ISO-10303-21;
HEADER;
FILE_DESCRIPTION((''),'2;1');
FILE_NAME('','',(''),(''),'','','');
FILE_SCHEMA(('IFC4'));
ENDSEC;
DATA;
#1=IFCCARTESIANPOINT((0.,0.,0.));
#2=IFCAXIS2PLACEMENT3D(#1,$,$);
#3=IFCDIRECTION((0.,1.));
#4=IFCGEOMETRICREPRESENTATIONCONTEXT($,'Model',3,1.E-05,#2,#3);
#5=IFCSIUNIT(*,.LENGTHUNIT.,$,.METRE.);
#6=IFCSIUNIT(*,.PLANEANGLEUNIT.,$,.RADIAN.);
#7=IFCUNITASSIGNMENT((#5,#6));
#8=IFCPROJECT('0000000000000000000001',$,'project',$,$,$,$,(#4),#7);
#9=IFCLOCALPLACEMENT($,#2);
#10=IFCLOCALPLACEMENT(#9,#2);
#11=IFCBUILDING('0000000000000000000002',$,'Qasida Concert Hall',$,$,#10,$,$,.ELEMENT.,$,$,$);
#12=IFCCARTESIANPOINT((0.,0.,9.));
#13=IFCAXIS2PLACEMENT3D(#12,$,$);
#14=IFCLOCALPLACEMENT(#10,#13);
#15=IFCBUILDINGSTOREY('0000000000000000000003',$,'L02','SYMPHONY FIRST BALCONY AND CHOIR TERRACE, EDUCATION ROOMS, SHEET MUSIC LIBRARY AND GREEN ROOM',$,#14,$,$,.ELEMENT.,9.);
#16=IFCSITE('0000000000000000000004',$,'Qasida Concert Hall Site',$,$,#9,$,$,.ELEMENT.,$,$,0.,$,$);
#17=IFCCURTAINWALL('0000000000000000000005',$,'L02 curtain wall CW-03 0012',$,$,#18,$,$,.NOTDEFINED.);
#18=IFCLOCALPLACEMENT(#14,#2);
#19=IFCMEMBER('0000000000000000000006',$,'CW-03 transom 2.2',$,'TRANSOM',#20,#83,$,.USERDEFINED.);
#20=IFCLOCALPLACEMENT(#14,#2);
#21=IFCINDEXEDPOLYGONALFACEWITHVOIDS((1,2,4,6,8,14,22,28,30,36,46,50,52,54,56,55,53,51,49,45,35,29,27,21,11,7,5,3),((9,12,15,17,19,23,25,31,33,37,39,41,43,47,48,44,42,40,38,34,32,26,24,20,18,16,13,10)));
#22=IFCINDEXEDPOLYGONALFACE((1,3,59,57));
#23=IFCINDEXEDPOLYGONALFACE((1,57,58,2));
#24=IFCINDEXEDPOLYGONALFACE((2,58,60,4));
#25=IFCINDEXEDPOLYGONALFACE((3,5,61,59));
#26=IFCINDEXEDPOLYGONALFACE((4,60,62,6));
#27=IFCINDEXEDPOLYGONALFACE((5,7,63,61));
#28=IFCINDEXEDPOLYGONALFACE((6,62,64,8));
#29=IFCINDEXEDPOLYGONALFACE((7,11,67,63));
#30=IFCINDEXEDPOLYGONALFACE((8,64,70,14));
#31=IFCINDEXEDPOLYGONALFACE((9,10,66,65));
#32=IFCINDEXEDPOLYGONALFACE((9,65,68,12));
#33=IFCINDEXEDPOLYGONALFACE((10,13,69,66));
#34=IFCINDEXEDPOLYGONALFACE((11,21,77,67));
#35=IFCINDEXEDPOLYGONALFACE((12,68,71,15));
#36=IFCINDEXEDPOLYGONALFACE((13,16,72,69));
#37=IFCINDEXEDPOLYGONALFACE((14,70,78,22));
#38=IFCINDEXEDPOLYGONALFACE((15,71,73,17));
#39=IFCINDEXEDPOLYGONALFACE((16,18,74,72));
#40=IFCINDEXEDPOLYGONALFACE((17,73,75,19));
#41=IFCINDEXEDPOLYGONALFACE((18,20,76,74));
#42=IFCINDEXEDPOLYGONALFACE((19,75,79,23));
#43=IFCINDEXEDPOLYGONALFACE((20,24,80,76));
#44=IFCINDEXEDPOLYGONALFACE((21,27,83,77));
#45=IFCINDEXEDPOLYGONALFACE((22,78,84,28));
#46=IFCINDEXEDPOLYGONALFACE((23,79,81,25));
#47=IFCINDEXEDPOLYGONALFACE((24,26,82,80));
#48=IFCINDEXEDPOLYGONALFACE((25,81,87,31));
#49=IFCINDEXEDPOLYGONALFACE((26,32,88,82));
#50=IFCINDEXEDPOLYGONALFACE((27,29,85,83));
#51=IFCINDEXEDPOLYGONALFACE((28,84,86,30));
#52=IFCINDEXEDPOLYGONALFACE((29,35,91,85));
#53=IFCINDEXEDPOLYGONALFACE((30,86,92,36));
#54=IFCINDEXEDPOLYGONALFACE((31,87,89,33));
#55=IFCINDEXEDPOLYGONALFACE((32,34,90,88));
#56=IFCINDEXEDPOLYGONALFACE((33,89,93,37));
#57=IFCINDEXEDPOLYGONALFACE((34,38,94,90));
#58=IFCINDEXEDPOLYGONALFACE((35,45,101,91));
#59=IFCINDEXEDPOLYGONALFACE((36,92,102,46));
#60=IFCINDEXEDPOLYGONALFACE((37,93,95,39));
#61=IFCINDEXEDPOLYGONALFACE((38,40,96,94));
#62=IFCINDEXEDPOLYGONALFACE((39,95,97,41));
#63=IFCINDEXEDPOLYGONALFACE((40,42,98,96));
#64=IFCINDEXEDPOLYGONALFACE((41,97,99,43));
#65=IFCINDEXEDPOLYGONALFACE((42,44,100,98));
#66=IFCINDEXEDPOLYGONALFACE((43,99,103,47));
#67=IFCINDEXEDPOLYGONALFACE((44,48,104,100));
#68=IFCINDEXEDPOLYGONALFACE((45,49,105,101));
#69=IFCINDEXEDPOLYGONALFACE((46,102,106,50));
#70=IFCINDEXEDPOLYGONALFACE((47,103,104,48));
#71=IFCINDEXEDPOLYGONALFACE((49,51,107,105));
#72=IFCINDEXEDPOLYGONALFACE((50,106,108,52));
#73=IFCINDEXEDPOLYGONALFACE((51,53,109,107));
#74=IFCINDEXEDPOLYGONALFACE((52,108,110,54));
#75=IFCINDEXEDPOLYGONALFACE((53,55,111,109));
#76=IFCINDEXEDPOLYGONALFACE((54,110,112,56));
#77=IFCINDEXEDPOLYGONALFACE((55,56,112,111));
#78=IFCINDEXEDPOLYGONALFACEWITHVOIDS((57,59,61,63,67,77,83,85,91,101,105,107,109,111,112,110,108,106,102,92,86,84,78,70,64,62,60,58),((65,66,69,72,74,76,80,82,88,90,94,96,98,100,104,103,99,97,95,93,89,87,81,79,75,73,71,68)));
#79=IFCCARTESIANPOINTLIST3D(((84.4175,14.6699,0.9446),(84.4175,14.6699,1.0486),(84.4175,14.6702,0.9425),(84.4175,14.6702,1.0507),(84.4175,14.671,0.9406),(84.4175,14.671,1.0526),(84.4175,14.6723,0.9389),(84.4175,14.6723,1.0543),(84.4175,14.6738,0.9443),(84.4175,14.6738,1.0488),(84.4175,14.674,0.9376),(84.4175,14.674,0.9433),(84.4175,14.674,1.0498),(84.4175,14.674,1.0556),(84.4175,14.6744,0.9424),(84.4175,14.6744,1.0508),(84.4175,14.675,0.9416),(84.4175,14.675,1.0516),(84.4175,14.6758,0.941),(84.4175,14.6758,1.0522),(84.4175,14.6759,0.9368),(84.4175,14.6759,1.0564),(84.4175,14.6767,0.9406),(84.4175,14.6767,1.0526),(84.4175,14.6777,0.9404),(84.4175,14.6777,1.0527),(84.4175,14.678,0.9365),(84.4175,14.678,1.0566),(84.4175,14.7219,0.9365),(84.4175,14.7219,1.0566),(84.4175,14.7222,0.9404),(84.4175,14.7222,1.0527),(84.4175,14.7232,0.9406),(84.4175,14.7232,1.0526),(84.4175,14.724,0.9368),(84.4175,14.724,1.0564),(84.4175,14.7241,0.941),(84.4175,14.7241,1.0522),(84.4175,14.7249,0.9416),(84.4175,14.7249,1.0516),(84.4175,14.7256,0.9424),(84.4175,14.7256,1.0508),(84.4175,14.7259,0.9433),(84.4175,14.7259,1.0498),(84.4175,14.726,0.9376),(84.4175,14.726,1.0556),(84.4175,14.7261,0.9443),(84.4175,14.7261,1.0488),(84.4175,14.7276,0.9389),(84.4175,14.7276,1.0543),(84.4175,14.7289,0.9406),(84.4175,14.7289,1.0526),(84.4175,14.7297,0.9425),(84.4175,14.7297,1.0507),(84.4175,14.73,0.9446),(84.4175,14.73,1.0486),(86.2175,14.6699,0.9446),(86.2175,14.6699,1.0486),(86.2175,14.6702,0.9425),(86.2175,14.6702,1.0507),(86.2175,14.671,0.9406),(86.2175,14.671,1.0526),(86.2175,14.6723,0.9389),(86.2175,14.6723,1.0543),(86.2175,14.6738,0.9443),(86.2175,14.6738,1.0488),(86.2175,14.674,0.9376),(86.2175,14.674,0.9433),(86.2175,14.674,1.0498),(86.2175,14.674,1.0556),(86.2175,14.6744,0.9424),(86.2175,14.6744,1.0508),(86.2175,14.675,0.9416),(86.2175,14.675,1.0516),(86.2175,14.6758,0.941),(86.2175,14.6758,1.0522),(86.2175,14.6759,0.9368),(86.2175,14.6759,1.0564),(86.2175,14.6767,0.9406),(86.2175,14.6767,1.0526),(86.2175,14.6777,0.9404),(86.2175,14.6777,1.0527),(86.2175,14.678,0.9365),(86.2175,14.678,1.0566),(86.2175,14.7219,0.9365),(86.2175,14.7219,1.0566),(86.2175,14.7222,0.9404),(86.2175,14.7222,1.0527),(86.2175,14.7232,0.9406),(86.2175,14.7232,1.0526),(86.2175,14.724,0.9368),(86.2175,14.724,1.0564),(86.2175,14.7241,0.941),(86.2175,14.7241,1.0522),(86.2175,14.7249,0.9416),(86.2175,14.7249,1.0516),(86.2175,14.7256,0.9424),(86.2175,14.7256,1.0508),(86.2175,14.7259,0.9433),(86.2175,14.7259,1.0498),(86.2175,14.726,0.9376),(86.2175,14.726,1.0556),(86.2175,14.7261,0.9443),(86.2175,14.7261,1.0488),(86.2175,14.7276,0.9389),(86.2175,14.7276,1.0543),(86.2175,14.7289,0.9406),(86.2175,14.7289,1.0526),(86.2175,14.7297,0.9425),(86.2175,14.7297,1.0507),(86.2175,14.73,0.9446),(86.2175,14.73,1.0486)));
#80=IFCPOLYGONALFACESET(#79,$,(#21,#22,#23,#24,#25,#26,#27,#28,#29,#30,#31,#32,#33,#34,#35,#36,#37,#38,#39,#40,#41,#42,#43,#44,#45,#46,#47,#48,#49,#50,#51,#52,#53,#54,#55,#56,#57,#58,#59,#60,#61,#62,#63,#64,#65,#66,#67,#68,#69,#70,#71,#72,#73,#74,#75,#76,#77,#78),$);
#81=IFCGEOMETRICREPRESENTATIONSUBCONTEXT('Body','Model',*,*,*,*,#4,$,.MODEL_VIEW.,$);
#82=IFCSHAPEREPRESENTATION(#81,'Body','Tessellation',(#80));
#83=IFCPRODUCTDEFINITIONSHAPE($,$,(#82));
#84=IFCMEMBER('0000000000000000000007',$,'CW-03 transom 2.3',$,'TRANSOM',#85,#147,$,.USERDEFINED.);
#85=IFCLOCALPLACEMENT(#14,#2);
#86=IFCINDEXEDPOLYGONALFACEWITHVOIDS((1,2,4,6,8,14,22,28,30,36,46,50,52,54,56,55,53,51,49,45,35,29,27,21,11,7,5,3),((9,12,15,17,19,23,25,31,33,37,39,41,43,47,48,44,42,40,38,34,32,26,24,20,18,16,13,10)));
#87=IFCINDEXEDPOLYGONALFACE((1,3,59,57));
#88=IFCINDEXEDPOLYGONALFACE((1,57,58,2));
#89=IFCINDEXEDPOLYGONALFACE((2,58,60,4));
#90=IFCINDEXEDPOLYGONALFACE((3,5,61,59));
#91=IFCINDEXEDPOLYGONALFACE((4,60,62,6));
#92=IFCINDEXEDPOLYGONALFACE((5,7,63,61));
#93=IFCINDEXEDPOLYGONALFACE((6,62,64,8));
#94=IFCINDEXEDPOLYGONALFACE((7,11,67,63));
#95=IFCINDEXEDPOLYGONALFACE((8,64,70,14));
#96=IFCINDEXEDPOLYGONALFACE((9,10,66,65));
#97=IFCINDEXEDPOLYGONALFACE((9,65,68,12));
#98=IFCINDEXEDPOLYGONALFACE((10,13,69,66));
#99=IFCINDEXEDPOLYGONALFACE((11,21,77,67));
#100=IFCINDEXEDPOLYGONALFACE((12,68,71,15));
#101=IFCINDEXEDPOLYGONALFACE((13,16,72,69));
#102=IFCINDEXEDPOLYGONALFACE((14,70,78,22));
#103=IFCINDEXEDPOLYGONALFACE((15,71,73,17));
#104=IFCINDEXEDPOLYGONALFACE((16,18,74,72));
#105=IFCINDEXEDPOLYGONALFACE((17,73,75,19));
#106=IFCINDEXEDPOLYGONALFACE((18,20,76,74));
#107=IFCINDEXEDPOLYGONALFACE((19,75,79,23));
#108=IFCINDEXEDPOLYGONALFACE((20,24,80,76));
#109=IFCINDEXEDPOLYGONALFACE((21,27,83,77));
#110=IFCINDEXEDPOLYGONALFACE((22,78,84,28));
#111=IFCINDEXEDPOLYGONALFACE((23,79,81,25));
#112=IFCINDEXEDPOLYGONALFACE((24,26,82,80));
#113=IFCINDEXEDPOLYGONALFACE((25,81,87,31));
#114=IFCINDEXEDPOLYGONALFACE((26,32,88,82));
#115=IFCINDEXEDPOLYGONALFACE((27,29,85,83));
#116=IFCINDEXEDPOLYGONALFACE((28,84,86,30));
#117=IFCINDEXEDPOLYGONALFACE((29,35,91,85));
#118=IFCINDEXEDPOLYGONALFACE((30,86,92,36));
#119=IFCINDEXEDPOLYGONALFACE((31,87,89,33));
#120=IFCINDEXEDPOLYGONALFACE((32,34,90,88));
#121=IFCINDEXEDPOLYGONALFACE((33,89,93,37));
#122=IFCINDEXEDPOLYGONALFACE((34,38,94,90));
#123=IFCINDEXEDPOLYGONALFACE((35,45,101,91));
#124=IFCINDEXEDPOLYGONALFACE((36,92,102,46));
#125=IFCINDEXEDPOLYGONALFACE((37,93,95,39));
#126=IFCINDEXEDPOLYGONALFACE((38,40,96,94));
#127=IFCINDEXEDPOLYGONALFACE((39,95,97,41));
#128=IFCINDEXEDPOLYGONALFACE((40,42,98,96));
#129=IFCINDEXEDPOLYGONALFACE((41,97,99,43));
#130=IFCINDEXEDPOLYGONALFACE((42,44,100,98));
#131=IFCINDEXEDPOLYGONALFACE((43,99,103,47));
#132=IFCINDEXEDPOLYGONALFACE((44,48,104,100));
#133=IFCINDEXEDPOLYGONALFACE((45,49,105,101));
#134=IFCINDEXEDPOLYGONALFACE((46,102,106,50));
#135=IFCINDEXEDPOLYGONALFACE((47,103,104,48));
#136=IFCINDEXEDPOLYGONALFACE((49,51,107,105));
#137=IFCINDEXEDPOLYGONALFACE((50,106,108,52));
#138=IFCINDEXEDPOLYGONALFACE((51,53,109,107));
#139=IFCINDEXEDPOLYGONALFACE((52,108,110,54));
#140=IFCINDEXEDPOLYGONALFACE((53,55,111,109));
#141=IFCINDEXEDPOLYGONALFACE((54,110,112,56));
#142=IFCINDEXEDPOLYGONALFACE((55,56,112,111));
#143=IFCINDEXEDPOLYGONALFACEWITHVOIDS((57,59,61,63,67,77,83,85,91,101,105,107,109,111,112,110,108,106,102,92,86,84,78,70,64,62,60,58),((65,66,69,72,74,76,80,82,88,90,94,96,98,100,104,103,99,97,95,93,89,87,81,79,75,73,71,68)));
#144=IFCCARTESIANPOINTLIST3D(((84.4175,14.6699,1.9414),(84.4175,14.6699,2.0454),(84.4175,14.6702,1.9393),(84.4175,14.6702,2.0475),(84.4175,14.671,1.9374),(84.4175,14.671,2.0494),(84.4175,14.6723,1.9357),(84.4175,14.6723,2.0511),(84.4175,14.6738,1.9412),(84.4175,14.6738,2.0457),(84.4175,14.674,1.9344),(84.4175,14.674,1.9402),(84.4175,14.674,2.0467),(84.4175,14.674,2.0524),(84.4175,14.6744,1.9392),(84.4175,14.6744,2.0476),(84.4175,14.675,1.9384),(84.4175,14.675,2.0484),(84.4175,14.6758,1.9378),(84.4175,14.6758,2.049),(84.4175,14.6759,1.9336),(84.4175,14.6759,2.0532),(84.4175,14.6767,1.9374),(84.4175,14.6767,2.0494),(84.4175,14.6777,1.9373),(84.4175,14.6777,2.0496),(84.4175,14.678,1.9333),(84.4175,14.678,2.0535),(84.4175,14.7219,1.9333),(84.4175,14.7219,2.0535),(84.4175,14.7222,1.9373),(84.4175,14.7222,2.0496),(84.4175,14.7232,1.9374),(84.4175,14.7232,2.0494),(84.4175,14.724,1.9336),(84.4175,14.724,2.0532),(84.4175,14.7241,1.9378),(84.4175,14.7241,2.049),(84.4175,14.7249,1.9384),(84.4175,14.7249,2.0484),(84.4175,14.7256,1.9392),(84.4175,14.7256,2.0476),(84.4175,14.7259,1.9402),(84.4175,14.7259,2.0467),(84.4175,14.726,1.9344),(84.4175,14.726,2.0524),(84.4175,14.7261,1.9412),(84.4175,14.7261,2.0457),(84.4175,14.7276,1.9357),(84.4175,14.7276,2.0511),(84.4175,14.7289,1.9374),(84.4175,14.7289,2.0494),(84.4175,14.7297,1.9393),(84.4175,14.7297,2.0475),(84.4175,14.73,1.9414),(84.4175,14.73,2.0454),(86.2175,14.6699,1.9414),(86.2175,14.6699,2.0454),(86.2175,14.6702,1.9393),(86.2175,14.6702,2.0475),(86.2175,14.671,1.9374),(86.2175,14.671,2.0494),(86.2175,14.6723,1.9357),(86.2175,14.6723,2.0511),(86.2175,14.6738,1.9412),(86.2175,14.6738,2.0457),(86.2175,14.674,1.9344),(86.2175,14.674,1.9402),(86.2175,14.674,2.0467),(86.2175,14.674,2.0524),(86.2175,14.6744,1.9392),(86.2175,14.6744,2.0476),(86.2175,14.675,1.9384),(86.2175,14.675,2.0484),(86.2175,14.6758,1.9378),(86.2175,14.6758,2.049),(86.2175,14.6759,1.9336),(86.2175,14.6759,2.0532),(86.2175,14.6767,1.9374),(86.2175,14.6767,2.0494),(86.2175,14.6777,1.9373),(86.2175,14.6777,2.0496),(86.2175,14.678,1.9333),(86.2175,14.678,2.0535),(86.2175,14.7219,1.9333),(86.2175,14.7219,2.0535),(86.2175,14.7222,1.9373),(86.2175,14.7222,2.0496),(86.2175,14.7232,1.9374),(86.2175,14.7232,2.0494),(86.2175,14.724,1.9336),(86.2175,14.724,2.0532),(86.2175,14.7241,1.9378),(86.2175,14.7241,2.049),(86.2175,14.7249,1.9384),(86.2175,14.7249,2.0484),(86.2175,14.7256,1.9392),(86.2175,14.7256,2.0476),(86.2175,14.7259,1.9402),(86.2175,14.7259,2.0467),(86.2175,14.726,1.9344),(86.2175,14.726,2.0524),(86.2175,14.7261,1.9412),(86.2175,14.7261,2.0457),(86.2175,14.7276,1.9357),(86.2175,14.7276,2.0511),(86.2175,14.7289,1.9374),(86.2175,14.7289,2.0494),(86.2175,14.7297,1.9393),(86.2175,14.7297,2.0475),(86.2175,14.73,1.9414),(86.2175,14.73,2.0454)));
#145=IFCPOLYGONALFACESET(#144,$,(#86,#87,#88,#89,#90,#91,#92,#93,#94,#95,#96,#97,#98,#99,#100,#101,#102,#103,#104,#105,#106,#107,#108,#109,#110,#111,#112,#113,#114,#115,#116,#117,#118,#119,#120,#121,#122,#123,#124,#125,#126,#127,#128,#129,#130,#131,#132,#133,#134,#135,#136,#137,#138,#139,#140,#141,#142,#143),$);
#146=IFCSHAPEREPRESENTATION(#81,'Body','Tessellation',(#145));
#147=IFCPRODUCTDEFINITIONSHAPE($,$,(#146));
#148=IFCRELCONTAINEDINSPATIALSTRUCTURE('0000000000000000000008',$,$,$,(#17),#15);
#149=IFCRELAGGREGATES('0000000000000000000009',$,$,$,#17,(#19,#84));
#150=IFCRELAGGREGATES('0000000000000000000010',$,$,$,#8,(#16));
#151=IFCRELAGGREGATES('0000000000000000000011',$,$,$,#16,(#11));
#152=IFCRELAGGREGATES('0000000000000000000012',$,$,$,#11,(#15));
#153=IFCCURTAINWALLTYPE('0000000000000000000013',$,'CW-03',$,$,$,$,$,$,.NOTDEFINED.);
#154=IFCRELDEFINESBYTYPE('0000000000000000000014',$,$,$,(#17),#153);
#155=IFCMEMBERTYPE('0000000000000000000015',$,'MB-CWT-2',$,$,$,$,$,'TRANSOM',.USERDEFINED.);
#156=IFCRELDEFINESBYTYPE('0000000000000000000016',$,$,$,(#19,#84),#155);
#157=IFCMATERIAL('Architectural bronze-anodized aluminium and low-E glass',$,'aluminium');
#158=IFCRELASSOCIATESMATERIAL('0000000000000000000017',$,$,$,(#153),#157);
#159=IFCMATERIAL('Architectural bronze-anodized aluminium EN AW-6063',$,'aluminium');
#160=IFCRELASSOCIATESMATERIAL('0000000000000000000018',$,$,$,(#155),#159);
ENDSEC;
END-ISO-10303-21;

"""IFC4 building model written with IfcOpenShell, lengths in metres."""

from ifc_helpers import new_model, si_unit, direction, frame, origin, origin_2d, place, context, subcontext, project, spatial, hollow_rectangle, extrude, material, material_profile, profile_set, type_object, element, aggregate, save


model = new_model("IFC4")

# Units and contexts
model_context = context("Model", 3, precision=1e-05, world=origin(), true_north=direction((0.0, 1.0)))
body_context = subcontext(model_context, "Body", "Model", "MODEL_VIEW")
ifc_project = project(units=[si_unit("LENGTHUNIT", "METRE"), si_unit("PLANEANGLEUNIT", "RADIAN")], contexts=[model_context])

# Site, building, storey
site_placement = place(None, origin())
site = spatial("IfcSite", under=ifc_project, at=site_placement, Name="Qasida Concert Hall Site", CompositionType="ELEMENT", RefElevation=0.0)
building_placement = place(site_placement, origin())
building = spatial("IfcBuilding", under=site, at=building_placement, Name="Qasida Concert Hall", CompositionType="ELEMENT")
storey_placement = place(building_placement, frame((0.0, 0.0, 9.0)))
storey = spatial("IfcBuildingStorey", under=building, at=storey_placement, Name="L02", Description="SYMPHONY FIRST BALCONY AND CHOIR TERRACE, EDUCATION ROOMS, SHEET MUSIC LIBRARY AND GREEN ROOM", CompositionType="ELEMENT", Elevation=9.0)

# Shared definitions
ifc_material_1 = material(Name="Architectural bronze-anodized aluminium and low-E glass", Category="aluminium")
curtain_wall_type = type_object("IfcCurtainWallType", Name="CW-03", PredefinedType="NOTDEFINED", material=ifc_material_1)
ifc_material_2 = material(Name="Architectural bronze-anodized aluminium EN AW-6063", Category="aluminium")

# Curtain wall, members
curtain_wall_1_placement = place(storey_placement, origin())
curtain_wall_1 = element("IfcCurtainWall", 1, at=curtain_wall_1_placement, inside=storey, type_object=curtain_wall_type, Name="L02 curtain wall CW-03 0012", PredefinedType="NOTDEFINED")
ifc_material_profile_1 = material_profile(ifc_material_2, hollow_rectangle(XDim=0.0601, YDim=0.1201, WallThickness=0.0039, InnerFilletRadius=0.0039, OuterFilletRadius=0.0081, at=origin_2d()), Name="CWT 120x60x4")
ifc_profile_set_1 = profile_set([ifc_material_profile_1], Name="Architectural bronze-anodized aluminium EN AW-6063")
member_type_1 = type_object("IfcMemberType", Name="MB-CWT-2", ElementType="TRANSOM", PredefinedType="USERDEFINED", material=ifc_profile_set_1)
member_1_placement = place(storey_placement, frame((84.4175, 14.7, 0.9966), z_axis=(1.0, 0.0, 0.0), x_axis=(0.0, 1.0, 0.0)))
member_1 = element("IfcMember", 2, at=member_1_placement, type_object=member_type_1, Name="CW-03 transom 2.2", ObjectType="TRANSOM", PredefinedType="USERDEFINED", context=body_context, shape_type="SweptSolid", body=[
    extrude(hollow_rectangle(XDim=0.0601, YDim=0.1201, WallThickness=0.0039, InnerFilletRadius=0.0039, OuterFilletRadius=0.0081, at=origin_2d()), origin(), (0.0, 0.0, 1.0), 1.8),
])
member_2_placement = place(storey_placement, frame((84.4175, 14.7, 1.9934), z_axis=(1.0, 0.0, 0.0), x_axis=(0.0, 1.0, 0.0)))
member_2 = element("IfcMember", 3, at=member_2_placement, type_object=member_type_1, Name="CW-03 transom 2.3", ObjectType="TRANSOM", PredefinedType="USERDEFINED", context=body_context, shape_type="SweptSolid", body=[
    extrude(hollow_rectangle(XDim=0.0601, YDim=0.1201, WallThickness=0.0039, InnerFilletRadius=0.0039, OuterFilletRadius=0.0081, at=origin_2d()), origin(), (0.0, 0.0, 1.0), 1.8),
])

aggregate(curtain_wall_1, [member_1, member_2])

save(model, "model.ifc")
